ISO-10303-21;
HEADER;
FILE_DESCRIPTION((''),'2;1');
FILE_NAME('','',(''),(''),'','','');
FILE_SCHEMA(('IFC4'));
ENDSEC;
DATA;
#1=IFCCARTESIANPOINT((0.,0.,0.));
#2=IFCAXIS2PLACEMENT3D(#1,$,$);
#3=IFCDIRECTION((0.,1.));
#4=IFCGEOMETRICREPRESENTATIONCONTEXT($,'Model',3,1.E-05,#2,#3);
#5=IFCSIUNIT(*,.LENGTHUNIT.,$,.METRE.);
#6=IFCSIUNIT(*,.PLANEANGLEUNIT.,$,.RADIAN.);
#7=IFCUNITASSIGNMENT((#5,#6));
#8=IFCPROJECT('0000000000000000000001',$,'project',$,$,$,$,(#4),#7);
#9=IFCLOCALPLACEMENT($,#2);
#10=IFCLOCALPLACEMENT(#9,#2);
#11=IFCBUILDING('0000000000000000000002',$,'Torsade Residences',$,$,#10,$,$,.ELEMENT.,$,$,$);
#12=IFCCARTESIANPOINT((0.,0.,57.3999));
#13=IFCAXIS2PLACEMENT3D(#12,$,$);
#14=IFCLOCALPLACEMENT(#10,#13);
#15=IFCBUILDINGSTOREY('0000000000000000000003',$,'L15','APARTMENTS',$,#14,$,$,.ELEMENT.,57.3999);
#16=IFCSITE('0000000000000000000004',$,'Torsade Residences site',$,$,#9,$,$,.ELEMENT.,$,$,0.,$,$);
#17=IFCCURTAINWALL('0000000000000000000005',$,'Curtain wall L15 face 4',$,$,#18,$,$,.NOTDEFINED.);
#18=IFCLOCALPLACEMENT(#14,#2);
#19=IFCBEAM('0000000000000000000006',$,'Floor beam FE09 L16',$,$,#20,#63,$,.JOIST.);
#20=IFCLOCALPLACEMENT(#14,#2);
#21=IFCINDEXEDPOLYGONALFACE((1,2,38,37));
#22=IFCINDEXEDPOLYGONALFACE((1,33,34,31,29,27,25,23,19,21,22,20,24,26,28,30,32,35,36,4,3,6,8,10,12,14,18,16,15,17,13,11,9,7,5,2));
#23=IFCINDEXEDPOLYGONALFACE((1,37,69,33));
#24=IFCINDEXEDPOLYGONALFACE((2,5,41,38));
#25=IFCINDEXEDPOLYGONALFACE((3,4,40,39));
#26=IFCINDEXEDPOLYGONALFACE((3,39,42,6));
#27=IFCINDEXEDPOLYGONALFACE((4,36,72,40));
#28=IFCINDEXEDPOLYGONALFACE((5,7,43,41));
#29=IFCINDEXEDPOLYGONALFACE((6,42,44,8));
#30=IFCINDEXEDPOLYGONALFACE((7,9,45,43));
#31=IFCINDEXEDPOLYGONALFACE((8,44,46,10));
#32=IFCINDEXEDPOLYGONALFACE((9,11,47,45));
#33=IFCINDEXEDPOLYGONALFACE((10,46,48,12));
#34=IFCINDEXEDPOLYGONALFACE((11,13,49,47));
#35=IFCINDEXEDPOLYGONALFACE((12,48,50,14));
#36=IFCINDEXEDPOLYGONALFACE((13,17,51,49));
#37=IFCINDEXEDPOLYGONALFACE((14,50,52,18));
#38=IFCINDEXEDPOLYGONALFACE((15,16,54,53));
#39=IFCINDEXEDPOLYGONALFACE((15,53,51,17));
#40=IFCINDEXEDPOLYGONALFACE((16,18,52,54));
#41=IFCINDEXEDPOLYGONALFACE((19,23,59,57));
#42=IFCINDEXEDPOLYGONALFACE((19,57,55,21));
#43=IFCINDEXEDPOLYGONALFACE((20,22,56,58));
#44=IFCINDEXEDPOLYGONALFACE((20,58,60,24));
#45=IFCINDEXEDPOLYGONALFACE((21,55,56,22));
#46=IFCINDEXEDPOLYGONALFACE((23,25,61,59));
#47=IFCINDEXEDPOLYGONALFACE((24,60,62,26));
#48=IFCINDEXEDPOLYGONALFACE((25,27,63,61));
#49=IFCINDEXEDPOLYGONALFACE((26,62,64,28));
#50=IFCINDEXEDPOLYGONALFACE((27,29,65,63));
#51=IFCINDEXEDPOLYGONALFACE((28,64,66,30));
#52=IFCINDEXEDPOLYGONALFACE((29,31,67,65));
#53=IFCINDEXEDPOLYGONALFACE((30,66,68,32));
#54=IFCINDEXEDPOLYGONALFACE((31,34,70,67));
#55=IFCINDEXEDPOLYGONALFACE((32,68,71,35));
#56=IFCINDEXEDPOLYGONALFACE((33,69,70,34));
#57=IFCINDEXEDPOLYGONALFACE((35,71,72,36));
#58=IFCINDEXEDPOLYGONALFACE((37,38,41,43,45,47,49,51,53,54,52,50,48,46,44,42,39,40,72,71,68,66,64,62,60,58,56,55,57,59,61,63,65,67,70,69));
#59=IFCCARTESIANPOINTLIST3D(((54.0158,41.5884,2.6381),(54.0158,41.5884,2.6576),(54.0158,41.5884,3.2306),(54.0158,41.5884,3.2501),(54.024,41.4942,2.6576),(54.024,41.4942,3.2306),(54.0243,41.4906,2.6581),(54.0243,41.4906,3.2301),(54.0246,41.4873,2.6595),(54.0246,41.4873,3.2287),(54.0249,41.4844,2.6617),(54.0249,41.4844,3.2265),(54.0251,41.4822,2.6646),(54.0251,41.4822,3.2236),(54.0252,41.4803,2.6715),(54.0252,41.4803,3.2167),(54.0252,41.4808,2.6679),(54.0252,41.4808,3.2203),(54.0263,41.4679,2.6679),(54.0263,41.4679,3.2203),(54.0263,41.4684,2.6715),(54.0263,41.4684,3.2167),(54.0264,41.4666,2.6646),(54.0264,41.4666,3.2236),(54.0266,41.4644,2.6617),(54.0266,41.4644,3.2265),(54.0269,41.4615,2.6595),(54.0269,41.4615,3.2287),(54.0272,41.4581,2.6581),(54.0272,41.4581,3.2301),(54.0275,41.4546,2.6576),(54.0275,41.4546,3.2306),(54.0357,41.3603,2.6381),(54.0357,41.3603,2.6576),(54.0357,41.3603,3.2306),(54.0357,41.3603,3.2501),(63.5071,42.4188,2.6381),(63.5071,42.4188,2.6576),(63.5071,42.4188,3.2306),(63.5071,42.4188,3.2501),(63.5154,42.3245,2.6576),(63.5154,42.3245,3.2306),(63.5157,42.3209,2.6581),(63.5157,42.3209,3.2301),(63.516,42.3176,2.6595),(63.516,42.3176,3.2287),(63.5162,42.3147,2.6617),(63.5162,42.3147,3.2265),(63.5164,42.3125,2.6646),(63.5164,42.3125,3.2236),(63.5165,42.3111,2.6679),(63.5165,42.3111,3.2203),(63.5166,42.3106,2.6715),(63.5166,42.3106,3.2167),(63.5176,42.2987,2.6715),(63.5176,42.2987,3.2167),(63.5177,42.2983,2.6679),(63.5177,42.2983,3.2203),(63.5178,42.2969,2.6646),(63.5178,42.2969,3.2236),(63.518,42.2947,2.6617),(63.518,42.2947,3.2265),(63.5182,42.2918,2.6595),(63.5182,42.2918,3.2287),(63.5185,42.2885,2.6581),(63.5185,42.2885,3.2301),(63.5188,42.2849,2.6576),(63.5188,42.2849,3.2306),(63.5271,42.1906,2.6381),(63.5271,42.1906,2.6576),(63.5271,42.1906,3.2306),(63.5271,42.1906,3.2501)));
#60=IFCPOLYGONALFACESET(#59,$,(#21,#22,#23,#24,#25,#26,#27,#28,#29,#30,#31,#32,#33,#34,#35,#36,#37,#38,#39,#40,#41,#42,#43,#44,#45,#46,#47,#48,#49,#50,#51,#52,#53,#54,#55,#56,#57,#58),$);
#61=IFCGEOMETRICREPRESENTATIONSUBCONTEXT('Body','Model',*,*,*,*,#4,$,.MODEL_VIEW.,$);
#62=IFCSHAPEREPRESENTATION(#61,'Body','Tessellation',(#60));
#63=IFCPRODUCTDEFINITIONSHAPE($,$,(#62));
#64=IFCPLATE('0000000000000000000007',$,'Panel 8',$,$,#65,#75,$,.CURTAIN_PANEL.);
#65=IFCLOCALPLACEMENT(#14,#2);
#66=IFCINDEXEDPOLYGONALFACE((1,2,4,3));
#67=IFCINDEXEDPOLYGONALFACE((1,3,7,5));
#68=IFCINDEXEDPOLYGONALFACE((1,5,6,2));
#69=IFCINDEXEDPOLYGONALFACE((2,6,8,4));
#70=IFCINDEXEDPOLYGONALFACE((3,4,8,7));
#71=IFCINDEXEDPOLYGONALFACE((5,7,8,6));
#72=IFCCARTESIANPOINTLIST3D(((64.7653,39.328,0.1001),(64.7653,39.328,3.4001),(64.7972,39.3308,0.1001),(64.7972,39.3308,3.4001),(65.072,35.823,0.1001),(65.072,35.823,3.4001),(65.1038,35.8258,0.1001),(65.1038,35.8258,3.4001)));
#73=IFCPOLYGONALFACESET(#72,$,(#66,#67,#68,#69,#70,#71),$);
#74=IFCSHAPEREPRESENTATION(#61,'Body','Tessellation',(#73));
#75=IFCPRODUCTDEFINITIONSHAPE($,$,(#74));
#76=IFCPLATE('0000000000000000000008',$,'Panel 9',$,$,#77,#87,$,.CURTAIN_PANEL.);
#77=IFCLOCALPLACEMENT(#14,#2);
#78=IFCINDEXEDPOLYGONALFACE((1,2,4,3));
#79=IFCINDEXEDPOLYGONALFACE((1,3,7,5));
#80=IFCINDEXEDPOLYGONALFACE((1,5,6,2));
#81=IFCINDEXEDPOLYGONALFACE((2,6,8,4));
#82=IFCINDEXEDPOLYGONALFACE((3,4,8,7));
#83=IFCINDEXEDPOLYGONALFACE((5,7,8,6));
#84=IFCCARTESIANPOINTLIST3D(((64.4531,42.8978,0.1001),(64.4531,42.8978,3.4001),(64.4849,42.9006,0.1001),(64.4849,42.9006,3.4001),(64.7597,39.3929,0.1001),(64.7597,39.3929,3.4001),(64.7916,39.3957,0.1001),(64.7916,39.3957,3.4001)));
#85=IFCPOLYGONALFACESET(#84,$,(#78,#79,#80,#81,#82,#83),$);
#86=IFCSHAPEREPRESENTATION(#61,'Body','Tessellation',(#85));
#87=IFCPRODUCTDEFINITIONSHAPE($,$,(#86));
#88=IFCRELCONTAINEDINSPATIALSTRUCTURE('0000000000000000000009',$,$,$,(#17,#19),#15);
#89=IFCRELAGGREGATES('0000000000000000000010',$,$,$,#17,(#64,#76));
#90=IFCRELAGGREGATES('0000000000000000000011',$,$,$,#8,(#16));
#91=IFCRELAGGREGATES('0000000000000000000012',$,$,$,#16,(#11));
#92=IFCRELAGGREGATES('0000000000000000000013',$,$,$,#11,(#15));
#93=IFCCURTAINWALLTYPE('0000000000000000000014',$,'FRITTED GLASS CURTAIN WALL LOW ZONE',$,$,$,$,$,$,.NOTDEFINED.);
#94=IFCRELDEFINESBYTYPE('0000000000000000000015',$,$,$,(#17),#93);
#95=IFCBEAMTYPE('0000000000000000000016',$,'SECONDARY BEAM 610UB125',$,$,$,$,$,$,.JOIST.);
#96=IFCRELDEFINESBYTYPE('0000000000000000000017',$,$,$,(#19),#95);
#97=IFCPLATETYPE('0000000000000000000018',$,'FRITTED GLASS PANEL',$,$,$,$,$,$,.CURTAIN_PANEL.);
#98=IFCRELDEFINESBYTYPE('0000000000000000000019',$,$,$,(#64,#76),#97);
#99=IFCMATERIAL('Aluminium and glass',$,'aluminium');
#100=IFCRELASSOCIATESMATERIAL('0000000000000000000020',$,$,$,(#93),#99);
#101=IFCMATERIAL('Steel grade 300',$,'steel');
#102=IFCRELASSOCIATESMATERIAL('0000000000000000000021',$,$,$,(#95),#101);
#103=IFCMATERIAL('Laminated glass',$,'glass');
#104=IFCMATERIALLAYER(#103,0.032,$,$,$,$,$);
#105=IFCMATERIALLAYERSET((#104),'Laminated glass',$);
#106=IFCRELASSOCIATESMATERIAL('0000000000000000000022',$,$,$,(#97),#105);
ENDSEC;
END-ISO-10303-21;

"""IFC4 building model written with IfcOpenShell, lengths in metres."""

from ifc_helpers import new_model, si_unit, direction, frame, origin, origin_2d, place, context, subcontext, project, spatial, rectangle, i_section, extrude, material, layer, layer_set, material_profile, profile_set, type_object, element, aggregate, save


model = new_model("IFC4")

# Units and contexts
model_context = context("Model", 3, precision=1e-05, world=origin(), true_north=direction((0.0, 1.0)))
body_context = subcontext(model_context, "Body", "Model", "MODEL_VIEW")
ifc_project = project(units=[si_unit("LENGTHUNIT", "METRE"), si_unit("PLANEANGLEUNIT", "RADIAN")], contexts=[model_context])

# Site, building, storey
site_placement = place(None, origin())
site = spatial("IfcSite", under=ifc_project, at=site_placement, Name="Torsade Residences site", CompositionType="ELEMENT", RefElevation=0.0)
building_placement = place(site_placement, origin())
building = spatial("IfcBuilding", under=site, at=building_placement, Name="Torsade Residences", CompositionType="ELEMENT")
storey_placement = place(building_placement, frame((0.0, 0.0, 57.3999)))
storey = spatial("IfcBuildingStorey", under=building, at=storey_placement, Name="L15", Description="APARTMENTS", CompositionType="ELEMENT", Elevation=57.3999)

# Curtain wall
ifc_material_1 = material(Name="Aluminium and glass", Category="aluminium")
curtain_wall_type = type_object("IfcCurtainWallType", Name="FRITTED GLASS CURTAIN WALL LOW ZONE", PredefinedType="NOTDEFINED", material=ifc_material_1)
curtain_wall_placement = place(storey_placement, origin())
curtain_wall = element("IfcCurtainWall", 1, at=curtain_wall_placement, inside=storey, type_object=curtain_wall_type, Name="Curtain wall L15 face 4", PredefinedType="NOTDEFINED")

# Beam
ifc_material_2 = material(Name="Steel grade 300", Category="steel")
ifc_material_profile_1 = material_profile(ifc_material_2, i_section(OverallWidth=0.229, OverallDepth=0.6121, WebThickness=0.012, FlangeThickness=0.0195, FilletRadius=0.0139, at=origin_2d()), Name="610UB125")
ifc_profile_set_1 = profile_set([ifc_material_profile_1], Name="Steel grade 300")
beam_type_1 = type_object("IfcBeamType", Name="SECONDARY BEAM 610UB125", PredefinedType="JOIST", material=ifc_profile_set_1)
beam_1_placement = place(storey_placement, frame((63.5171, 42.3047, 2.9441), z_axis=(-0.996195, -0.087148, 0.0), x_axis=(0.087148, -0.996195, 0.0)))
element("IfcBeam", 2, at=beam_1_placement, inside=storey, type_object=beam_type_1, Name="Floor beam FE09 L16", PredefinedType="JOIST", context=body_context, shape_type="SweptSolid", body=[
    extrude(i_section(OverallWidth=0.229, OverallDepth=0.6121, WebThickness=0.012, FlangeThickness=0.0195, FilletRadius=0.0139, at=origin_2d()), origin(), (0.0, 0.0, 1.0), 9.5276),
])

# Plates
ifc_material_3 = material(Name="Laminated glass", Category="glass")
ifc_layer_1 = layer(ifc_material_3, 0.032)
ifc_layer_set_1 = layer_set([ifc_layer_1], Name="Laminated glass")
plate_type = type_object("IfcPlateType", Name="FRITTED GLASS PANEL", PredefinedType="CURTAIN_PANEL", material=ifc_layer_set_1)
plate_1_placement = place(storey_placement, frame((64.9346, 37.5769, 0.1001), z_axis=(0.0, 0.0, 1.0), x_axis=(-0.087156, 0.996195, 0.0)))
plate_1 = element("IfcPlate", 3, at=plate_1_placement, type_object=plate_type, Name="Panel 8", PredefinedType="CURTAIN_PANEL", context=body_context, shape_type="SweptSolid", body=[
    extrude(rectangle(XDim=3.5183, YDim=0.032, at=origin_2d()), origin(), (0.0, 0.0, 1.0), 3.3),
])
plate_2_placement = place(storey_placement, frame((64.6223, 41.1467, 0.1001), z_axis=(0.0, 0.0, 1.0), x_axis=(-0.087156, 0.996195, 0.0)))
plate_2 = element("IfcPlate", 4, at=plate_2_placement, type_object=plate_type, Name="Panel 9", PredefinedType="CURTAIN_PANEL", context=body_context, shape_type="SweptSolid", body=[
    extrude(rectangle(XDim=3.5183, YDim=0.032, at=origin_2d()), origin(), (0.0, 0.0, 1.0), 3.3),
])
aggregate(curtain_wall, [plate_1, plate_2])

save(model, "model.ifc")
